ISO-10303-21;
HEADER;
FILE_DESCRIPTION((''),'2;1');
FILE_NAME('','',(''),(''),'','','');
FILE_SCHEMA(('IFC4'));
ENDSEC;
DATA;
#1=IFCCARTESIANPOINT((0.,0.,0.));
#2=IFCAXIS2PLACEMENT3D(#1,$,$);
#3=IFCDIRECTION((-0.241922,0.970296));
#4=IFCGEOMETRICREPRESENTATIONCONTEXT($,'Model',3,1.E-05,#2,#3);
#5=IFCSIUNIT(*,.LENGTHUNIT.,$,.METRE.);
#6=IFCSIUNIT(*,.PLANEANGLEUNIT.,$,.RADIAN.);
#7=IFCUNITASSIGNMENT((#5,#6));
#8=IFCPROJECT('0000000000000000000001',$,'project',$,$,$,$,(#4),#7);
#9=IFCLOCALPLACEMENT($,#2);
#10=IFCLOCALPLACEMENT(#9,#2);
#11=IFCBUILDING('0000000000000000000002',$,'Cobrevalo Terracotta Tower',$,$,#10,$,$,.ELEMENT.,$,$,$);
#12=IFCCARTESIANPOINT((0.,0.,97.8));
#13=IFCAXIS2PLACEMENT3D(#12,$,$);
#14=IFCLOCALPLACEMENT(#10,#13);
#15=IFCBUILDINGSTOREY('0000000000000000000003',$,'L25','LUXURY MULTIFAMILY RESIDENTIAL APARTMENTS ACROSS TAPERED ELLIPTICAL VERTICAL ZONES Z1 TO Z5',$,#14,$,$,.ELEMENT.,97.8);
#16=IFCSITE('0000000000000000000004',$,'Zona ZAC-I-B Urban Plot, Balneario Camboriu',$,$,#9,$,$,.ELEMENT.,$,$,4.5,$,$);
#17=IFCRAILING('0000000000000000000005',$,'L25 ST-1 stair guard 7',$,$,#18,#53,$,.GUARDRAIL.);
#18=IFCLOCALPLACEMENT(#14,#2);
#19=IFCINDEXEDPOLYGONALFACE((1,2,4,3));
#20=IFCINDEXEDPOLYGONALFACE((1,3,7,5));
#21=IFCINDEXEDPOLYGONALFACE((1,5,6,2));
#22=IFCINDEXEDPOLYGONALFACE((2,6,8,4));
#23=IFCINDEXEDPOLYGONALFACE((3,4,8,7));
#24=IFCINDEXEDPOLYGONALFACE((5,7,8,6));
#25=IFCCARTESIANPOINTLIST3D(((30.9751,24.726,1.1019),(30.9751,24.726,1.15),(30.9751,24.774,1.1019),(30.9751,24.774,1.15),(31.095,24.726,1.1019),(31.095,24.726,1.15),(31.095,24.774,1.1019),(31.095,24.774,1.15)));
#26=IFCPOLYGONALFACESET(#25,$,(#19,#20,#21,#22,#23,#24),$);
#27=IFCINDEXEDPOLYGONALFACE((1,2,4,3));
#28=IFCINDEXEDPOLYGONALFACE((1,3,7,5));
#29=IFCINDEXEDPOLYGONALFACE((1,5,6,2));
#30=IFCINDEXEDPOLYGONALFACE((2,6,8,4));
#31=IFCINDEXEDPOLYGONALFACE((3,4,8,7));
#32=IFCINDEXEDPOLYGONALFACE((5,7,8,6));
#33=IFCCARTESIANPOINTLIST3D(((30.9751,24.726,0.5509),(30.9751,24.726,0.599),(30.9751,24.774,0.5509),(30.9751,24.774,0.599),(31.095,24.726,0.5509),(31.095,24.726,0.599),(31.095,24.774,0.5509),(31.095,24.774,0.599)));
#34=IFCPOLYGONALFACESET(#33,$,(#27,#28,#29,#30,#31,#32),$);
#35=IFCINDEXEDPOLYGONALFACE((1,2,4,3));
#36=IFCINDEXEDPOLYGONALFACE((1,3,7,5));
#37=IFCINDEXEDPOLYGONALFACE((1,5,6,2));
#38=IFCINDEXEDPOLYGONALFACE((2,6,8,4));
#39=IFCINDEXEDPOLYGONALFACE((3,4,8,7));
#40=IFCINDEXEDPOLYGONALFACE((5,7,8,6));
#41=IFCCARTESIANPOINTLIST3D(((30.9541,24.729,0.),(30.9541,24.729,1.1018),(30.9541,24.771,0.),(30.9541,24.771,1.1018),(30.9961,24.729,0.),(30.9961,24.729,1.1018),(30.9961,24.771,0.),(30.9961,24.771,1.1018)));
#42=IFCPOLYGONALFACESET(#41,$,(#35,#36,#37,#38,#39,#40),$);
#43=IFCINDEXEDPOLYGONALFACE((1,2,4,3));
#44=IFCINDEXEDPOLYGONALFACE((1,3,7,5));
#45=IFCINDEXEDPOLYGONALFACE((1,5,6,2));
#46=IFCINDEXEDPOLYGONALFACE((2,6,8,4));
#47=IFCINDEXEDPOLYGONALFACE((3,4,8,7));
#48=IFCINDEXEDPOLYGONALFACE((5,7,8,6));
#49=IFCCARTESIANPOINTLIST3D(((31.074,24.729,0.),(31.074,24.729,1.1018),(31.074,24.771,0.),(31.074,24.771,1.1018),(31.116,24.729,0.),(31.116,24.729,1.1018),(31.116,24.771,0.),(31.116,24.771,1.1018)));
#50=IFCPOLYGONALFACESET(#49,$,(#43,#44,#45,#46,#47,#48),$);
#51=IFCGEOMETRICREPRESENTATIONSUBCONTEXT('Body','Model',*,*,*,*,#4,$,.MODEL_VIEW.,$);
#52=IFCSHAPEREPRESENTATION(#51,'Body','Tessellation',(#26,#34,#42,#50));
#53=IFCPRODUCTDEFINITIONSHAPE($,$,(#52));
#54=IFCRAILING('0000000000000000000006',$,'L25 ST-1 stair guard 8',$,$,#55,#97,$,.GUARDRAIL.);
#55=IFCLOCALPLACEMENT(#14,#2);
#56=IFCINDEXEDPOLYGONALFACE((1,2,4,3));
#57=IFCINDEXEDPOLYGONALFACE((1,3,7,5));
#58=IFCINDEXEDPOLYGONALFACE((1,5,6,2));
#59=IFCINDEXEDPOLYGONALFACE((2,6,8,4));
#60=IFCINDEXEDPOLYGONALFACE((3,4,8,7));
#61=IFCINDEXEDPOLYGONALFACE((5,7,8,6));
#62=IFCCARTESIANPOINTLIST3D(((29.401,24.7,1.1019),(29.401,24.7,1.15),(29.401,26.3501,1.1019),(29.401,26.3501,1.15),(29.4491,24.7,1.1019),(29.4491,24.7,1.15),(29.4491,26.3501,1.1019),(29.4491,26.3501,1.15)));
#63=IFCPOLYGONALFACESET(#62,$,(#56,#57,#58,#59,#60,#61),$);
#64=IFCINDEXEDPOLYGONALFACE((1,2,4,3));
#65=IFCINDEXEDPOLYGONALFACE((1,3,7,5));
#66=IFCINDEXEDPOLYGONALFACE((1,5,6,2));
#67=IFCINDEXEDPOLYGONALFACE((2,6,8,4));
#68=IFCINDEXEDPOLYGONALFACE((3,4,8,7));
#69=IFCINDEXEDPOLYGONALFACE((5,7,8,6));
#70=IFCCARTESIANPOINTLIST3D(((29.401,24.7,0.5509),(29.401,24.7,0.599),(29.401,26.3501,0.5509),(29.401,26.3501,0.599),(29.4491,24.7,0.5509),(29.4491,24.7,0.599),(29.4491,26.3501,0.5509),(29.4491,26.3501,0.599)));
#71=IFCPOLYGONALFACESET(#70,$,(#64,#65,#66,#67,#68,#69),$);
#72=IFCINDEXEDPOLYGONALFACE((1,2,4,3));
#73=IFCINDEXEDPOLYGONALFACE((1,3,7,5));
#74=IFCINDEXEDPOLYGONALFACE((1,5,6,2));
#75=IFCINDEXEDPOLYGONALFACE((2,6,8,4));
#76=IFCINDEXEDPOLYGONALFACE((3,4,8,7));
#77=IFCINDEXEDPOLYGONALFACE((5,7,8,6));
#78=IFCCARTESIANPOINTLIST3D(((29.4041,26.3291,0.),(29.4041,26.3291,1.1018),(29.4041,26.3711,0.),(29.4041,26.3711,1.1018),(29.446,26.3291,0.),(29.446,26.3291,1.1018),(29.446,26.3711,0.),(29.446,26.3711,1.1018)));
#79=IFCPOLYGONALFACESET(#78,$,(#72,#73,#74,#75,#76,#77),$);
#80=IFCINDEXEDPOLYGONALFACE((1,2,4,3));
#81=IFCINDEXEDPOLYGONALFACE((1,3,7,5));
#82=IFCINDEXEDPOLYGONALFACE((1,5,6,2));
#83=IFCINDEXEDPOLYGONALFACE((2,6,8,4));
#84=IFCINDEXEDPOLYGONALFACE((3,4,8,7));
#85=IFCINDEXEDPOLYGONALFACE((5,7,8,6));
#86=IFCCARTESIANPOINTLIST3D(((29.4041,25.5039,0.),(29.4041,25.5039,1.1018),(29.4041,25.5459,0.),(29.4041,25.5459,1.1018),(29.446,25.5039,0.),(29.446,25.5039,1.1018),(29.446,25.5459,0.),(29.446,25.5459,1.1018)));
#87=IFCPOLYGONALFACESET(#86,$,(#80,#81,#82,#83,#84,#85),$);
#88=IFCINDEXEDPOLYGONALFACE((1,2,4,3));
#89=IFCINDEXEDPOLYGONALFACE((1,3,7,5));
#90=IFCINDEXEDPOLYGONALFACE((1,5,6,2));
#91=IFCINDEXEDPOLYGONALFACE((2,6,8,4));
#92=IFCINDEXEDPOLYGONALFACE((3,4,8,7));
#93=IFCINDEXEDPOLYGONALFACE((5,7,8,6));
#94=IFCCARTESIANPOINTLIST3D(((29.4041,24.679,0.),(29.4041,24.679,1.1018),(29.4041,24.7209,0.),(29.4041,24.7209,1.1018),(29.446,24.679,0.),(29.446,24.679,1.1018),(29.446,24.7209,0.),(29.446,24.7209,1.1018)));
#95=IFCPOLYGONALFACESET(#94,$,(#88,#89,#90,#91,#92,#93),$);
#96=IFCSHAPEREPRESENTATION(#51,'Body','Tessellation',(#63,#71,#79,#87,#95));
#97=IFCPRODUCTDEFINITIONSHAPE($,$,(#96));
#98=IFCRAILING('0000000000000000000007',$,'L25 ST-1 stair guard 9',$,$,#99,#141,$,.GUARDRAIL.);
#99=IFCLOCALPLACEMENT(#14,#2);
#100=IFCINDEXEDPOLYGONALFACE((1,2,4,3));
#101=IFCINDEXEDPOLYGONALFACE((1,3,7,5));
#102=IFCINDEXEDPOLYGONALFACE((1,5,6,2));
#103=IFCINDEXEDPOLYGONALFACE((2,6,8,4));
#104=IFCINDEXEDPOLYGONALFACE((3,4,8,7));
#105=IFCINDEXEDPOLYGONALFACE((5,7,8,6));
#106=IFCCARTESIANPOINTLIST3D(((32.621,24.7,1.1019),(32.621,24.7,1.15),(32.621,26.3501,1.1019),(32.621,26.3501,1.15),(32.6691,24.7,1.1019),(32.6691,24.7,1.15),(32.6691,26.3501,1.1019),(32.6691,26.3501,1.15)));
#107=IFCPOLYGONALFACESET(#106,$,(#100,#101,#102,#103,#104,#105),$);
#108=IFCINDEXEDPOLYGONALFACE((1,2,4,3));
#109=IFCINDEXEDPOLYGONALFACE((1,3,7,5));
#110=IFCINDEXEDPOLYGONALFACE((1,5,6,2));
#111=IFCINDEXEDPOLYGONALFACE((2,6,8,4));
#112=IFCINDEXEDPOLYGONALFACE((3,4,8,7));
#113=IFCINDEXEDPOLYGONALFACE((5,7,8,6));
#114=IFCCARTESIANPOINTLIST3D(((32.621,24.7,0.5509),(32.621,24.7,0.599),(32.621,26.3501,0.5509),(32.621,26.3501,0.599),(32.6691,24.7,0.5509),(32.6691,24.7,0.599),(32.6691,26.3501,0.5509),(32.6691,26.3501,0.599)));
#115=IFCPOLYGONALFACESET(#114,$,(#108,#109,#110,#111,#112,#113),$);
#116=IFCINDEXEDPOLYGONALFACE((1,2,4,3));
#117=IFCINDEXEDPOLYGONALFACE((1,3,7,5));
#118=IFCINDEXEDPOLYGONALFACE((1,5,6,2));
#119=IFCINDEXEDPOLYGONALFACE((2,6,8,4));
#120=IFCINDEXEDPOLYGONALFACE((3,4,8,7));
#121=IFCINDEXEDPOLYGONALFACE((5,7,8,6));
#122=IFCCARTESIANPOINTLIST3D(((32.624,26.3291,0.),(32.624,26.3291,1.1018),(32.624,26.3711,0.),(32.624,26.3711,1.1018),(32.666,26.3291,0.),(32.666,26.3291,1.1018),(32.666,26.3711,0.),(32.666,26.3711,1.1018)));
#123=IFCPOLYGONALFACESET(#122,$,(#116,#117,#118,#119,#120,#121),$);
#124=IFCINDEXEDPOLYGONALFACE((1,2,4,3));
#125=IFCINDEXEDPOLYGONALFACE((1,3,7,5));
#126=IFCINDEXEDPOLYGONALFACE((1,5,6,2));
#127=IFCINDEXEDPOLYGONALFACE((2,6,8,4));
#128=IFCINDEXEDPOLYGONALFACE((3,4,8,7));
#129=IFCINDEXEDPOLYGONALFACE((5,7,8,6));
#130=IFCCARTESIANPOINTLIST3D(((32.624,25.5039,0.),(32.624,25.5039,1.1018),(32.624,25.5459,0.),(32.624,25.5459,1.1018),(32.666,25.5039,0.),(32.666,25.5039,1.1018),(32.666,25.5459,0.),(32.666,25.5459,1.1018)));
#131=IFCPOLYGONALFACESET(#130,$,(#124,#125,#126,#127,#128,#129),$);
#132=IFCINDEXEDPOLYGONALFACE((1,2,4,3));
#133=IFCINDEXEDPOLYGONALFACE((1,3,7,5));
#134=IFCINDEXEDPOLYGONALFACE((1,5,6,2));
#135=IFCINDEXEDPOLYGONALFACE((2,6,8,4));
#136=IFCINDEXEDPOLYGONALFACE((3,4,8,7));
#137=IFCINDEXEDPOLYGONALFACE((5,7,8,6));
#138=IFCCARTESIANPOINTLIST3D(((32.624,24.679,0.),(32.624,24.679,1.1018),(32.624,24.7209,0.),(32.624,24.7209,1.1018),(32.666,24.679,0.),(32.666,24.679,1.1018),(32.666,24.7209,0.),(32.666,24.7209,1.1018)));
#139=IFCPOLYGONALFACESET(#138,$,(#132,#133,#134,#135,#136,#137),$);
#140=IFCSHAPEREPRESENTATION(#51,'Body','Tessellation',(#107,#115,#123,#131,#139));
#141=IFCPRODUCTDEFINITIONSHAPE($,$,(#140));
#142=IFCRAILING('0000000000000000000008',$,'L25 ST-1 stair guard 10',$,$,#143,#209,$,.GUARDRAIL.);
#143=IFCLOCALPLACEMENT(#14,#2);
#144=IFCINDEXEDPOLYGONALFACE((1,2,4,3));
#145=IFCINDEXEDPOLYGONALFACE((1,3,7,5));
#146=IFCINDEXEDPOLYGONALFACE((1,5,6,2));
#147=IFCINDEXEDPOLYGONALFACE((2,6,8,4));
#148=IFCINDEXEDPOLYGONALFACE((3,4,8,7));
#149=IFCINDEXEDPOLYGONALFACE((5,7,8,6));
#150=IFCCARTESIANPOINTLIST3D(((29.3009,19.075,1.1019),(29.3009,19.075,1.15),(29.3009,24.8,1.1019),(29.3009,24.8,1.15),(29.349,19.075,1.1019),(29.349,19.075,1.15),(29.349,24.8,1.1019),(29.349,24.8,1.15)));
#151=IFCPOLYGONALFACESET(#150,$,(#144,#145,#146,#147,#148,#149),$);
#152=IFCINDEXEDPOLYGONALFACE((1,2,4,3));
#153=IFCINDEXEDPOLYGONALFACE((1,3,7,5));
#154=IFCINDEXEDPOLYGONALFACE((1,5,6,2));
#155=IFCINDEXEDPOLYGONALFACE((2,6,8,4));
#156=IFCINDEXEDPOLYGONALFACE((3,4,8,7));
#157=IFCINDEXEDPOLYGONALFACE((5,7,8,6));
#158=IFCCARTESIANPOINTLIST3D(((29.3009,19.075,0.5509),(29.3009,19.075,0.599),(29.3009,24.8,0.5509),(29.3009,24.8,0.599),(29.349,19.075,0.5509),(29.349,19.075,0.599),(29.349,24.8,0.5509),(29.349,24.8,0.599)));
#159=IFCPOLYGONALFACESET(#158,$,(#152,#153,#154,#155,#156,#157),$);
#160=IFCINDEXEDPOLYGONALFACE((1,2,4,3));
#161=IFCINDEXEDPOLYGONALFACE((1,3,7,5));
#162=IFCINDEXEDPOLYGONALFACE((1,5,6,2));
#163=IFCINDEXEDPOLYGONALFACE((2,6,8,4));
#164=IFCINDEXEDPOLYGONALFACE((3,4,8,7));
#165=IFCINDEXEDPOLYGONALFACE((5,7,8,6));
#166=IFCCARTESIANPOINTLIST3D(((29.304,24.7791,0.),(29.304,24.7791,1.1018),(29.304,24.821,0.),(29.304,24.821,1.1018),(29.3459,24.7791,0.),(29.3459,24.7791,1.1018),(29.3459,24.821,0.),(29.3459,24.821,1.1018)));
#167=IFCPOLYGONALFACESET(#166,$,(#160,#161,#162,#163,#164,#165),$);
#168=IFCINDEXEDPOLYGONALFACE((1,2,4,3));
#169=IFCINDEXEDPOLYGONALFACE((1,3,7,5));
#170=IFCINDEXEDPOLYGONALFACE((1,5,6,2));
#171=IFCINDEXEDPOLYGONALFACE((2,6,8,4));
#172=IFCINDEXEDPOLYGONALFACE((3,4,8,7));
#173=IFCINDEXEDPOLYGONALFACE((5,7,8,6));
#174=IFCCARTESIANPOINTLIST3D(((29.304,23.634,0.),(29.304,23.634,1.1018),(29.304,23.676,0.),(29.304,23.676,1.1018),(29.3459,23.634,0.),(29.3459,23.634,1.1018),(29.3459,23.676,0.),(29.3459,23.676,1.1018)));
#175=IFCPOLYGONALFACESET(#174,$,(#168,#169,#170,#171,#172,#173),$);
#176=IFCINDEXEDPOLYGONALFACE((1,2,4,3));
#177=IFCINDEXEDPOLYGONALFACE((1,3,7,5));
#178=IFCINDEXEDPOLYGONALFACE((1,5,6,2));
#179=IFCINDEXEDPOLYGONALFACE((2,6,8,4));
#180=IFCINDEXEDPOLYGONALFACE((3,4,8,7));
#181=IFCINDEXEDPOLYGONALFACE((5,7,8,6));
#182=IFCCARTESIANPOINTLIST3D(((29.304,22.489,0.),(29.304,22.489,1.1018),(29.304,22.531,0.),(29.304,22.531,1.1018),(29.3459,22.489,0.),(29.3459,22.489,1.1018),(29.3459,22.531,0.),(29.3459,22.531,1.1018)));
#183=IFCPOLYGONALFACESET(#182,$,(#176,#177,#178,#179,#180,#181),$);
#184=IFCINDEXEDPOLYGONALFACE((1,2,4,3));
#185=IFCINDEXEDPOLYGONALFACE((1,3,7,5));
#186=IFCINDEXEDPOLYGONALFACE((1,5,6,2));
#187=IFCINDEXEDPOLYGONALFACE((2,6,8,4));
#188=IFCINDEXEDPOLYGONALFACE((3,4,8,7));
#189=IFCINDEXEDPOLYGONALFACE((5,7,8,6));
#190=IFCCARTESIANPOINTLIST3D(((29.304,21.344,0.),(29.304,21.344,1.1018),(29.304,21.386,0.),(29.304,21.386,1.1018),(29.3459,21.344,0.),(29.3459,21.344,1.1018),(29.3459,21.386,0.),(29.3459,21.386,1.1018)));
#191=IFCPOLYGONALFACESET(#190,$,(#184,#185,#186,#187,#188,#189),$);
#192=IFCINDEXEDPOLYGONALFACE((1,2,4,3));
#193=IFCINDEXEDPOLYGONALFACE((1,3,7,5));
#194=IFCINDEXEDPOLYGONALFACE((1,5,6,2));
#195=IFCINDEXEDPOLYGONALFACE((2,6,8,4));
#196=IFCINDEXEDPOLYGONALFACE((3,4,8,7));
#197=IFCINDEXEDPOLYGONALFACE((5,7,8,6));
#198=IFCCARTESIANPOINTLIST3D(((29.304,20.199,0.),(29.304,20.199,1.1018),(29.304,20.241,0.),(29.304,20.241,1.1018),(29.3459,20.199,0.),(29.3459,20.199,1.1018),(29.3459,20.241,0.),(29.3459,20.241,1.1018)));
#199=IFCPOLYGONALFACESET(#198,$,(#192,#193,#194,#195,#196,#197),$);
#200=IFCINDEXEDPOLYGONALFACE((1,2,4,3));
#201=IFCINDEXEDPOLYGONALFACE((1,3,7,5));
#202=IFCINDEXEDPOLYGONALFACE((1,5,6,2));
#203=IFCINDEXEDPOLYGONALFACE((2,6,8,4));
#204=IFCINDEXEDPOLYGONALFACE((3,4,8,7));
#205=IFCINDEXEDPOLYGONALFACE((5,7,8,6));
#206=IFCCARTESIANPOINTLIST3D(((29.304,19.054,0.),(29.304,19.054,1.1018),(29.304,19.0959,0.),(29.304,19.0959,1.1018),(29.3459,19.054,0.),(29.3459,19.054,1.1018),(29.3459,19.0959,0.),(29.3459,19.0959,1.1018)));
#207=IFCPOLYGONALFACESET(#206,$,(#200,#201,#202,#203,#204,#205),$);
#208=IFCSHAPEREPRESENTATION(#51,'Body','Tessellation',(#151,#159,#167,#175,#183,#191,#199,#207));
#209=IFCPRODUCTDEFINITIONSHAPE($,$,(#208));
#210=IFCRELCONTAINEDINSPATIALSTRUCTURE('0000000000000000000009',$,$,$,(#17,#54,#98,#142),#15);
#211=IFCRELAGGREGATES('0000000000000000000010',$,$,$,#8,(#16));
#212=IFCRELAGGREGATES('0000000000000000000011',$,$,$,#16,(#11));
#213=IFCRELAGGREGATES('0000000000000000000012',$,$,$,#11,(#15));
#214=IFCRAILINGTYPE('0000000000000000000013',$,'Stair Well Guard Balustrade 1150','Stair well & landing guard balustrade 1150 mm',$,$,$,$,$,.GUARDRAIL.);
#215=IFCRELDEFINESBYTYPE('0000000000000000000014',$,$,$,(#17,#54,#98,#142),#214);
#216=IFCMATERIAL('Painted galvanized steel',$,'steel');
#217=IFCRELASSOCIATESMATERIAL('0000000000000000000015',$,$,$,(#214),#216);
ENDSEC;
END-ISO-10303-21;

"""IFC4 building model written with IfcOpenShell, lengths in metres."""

from ifc_helpers import new_model, si_unit, direction, frame, origin, origin_2d, place, context, subcontext, project, spatial, rectangle, extrude, material, type_object, element, save


model = new_model("IFC4")

# Units and contexts
model_context = context("Model", 3, precision=1e-05, world=origin(), true_north=direction((-0.241922, 0.970296)))
body_context = subcontext(model_context, "Body", "Model", "MODEL_VIEW")
ifc_project = project(units=[si_unit("LENGTHUNIT", "METRE"), si_unit("PLANEANGLEUNIT", "RADIAN")], contexts=[model_context])

# Site, building, storey
site_placement = place(None, origin())
site = spatial("IfcSite", under=ifc_project, at=site_placement, Name="Zona ZAC-I-B Urban Plot, Balneario Camboriu", CompositionType="ELEMENT", RefElevation=4.5)
building_placement = place(site_placement, origin())
building = spatial("IfcBuilding", under=site, at=building_placement, Name="Cobrevalo Terracotta Tower", CompositionType="ELEMENT")
storey_placement = place(building_placement, frame((0.0, 0.0, 97.8)))
storey = spatial("IfcBuildingStorey", under=building, at=storey_placement, Name="L25", Description="LUXURY MULTIFAMILY RESIDENTIAL APARTMENTS ACROSS TAPERED ELLIPTICAL VERTICAL ZONES Z1 TO Z5", CompositionType="ELEMENT", Elevation=97.8)

# Railings
ifc_material_1 = material(Name="Painted galvanized steel", Category="steel")
railing_type_1 = type_object("IfcRailingType", Name="Stair Well Guard Balustrade 1150", Description="Stair well & landing guard balustrade 1150 mm", PredefinedType="GUARDRAIL", material=ifc_material_1)
railing_1_placement = place(storey_placement, frame((30.9751, 24.75, 0.0)))
element("IfcRailing", 1, at=railing_1_placement, inside=storey, type_object=railing_type_1, Name="L25 ST-1 stair guard 7", PredefinedType="GUARDRAIL", context=body_context, shape_type="SweptSolid", body=[
    extrude(rectangle(XDim=0.0481, YDim=0.0481, at=origin_2d()), frame((0.0, 0.0, 1.126), z_axis=(1.0, 0.0, 0.0), x_axis=(0.0, 1.0, 0.0)), (0.0, 0.0, 1.0), 0.1199),
    extrude(rectangle(XDim=0.0481, YDim=0.0481, at=origin_2d()), frame((0.0, 0.0, 0.575), z_axis=(1.0, 0.0, 0.0), x_axis=(0.0, 1.0, 0.0)), (0.0, 0.0, 1.0), 0.1199),
    extrude(rectangle(XDim=0.042, YDim=0.042, at=origin_2d()), origin(), (0.0, 0.0, 1.0), 1.1018),
    extrude(rectangle(XDim=0.042, YDim=0.042, at=origin_2d()), frame((0.1199, 0.0, 0.0)), (0.0, 0.0, 1.0), 1.1018),
])
for number, where, name in (
    (2, (29.425, 26.3501, 0.0), "L25 ST-1 stair guard 8"),
    (3, (32.645, 26.3501, 0.0), "L25 ST-1 stair guard 9"),
):
    element("IfcRailing", number, at=place(storey_placement, frame(where)), inside=storey, type_object=railing_type_1, Name=name, PredefinedType="GUARDRAIL", context=body_context, shape_type="SweptSolid", body=[
        extrude(rectangle(XDim=0.0481, YDim=0.0481, at=origin_2d()), frame((0.0, 0.0, 1.126), z_axis=(0.0, -1.0, 0.0), x_axis=(1.0, 0.0, 0.0)), (0.0, 0.0, 1.0), 1.6501),
        extrude(rectangle(XDim=0.0481, YDim=0.0481, at=origin_2d()), frame((0.0, 0.0, 0.575), z_axis=(0.0, -1.0, 0.0), x_axis=(1.0, 0.0, 0.0)), (0.0, 0.0, 1.0), 1.6501),
        extrude(rectangle(XDim=0.042, YDim=0.042, at=origin_2d()), origin(), (0.0, 0.0, 1.0), 1.1018),
        extrude(rectangle(XDim=0.042, YDim=0.042, at=origin_2d()), frame((0.0, -0.8252, 0.0)), (0.0, 0.0, 1.0), 1.1018),
        extrude(rectangle(XDim=0.042, YDim=0.042, at=origin_2d()), frame((0.0, -1.6501, 0.0)), (0.0, 0.0, 1.0), 1.1018),
    ])
for number, where, name in (
    (4, (29.325, 24.8, 0.0), "L25 ST-1 stair guard 10"),
):
    element("IfcRailing", number, at=place(storey_placement, frame(where)), inside=storey, type_object=railing_type_1, Name=name, PredefinedType="GUARDRAIL", context=body_context, shape_type="SweptSolid", body=[
        extrude(rectangle(XDim=0.0481, YDim=0.0481, at=origin_2d()), frame((0.0, 0.0, 1.126), z_axis=(0.0, -1.0, 0.0), x_axis=(1.0, 0.0, 0.0)), (0.0, 0.0, 1.0), 5.7251),
        extrude(rectangle(XDim=0.0481, YDim=0.0481, at=origin_2d()), frame((0.0, 0.0, 0.575), z_axis=(0.0, -1.0, 0.0), x_axis=(1.0, 0.0, 0.0)), (0.0, 0.0, 1.0), 5.7251),
        extrude(rectangle(XDim=0.042, YDim=0.042, at=origin_2d()), origin(), (0.0, 0.0, 1.0), 1.1018),
        extrude(rectangle(XDim=0.042, YDim=0.042, at=origin_2d()), frame((0.0, -1.145, 0.0)), (0.0, 0.0, 1.0), 1.1018),
        extrude(rectangle(XDim=0.042, YDim=0.042, at=origin_2d()), frame((0.0, -2.29, 0.0)), (0.0, 0.0, 1.0), 1.1018),
        extrude(rectangle(XDim=0.042, YDim=0.042, at=origin_2d()), frame((0.0, -3.4351, 0.0)), (0.0, 0.0, 1.0), 1.1018),
        extrude(rectangle(XDim=0.042, YDim=0.042, at=origin_2d()), frame((0.0, -4.5801, 0.0)), (0.0, 0.0, 1.0), 1.1018),
        extrude(rectangle(XDim=0.042, YDim=0.042, at=origin_2d()), frame((0.0, -5.7251, 0.0)), (0.0, 0.0, 1.0), 1.1018),
    ])

save(model, "model.ifc")
